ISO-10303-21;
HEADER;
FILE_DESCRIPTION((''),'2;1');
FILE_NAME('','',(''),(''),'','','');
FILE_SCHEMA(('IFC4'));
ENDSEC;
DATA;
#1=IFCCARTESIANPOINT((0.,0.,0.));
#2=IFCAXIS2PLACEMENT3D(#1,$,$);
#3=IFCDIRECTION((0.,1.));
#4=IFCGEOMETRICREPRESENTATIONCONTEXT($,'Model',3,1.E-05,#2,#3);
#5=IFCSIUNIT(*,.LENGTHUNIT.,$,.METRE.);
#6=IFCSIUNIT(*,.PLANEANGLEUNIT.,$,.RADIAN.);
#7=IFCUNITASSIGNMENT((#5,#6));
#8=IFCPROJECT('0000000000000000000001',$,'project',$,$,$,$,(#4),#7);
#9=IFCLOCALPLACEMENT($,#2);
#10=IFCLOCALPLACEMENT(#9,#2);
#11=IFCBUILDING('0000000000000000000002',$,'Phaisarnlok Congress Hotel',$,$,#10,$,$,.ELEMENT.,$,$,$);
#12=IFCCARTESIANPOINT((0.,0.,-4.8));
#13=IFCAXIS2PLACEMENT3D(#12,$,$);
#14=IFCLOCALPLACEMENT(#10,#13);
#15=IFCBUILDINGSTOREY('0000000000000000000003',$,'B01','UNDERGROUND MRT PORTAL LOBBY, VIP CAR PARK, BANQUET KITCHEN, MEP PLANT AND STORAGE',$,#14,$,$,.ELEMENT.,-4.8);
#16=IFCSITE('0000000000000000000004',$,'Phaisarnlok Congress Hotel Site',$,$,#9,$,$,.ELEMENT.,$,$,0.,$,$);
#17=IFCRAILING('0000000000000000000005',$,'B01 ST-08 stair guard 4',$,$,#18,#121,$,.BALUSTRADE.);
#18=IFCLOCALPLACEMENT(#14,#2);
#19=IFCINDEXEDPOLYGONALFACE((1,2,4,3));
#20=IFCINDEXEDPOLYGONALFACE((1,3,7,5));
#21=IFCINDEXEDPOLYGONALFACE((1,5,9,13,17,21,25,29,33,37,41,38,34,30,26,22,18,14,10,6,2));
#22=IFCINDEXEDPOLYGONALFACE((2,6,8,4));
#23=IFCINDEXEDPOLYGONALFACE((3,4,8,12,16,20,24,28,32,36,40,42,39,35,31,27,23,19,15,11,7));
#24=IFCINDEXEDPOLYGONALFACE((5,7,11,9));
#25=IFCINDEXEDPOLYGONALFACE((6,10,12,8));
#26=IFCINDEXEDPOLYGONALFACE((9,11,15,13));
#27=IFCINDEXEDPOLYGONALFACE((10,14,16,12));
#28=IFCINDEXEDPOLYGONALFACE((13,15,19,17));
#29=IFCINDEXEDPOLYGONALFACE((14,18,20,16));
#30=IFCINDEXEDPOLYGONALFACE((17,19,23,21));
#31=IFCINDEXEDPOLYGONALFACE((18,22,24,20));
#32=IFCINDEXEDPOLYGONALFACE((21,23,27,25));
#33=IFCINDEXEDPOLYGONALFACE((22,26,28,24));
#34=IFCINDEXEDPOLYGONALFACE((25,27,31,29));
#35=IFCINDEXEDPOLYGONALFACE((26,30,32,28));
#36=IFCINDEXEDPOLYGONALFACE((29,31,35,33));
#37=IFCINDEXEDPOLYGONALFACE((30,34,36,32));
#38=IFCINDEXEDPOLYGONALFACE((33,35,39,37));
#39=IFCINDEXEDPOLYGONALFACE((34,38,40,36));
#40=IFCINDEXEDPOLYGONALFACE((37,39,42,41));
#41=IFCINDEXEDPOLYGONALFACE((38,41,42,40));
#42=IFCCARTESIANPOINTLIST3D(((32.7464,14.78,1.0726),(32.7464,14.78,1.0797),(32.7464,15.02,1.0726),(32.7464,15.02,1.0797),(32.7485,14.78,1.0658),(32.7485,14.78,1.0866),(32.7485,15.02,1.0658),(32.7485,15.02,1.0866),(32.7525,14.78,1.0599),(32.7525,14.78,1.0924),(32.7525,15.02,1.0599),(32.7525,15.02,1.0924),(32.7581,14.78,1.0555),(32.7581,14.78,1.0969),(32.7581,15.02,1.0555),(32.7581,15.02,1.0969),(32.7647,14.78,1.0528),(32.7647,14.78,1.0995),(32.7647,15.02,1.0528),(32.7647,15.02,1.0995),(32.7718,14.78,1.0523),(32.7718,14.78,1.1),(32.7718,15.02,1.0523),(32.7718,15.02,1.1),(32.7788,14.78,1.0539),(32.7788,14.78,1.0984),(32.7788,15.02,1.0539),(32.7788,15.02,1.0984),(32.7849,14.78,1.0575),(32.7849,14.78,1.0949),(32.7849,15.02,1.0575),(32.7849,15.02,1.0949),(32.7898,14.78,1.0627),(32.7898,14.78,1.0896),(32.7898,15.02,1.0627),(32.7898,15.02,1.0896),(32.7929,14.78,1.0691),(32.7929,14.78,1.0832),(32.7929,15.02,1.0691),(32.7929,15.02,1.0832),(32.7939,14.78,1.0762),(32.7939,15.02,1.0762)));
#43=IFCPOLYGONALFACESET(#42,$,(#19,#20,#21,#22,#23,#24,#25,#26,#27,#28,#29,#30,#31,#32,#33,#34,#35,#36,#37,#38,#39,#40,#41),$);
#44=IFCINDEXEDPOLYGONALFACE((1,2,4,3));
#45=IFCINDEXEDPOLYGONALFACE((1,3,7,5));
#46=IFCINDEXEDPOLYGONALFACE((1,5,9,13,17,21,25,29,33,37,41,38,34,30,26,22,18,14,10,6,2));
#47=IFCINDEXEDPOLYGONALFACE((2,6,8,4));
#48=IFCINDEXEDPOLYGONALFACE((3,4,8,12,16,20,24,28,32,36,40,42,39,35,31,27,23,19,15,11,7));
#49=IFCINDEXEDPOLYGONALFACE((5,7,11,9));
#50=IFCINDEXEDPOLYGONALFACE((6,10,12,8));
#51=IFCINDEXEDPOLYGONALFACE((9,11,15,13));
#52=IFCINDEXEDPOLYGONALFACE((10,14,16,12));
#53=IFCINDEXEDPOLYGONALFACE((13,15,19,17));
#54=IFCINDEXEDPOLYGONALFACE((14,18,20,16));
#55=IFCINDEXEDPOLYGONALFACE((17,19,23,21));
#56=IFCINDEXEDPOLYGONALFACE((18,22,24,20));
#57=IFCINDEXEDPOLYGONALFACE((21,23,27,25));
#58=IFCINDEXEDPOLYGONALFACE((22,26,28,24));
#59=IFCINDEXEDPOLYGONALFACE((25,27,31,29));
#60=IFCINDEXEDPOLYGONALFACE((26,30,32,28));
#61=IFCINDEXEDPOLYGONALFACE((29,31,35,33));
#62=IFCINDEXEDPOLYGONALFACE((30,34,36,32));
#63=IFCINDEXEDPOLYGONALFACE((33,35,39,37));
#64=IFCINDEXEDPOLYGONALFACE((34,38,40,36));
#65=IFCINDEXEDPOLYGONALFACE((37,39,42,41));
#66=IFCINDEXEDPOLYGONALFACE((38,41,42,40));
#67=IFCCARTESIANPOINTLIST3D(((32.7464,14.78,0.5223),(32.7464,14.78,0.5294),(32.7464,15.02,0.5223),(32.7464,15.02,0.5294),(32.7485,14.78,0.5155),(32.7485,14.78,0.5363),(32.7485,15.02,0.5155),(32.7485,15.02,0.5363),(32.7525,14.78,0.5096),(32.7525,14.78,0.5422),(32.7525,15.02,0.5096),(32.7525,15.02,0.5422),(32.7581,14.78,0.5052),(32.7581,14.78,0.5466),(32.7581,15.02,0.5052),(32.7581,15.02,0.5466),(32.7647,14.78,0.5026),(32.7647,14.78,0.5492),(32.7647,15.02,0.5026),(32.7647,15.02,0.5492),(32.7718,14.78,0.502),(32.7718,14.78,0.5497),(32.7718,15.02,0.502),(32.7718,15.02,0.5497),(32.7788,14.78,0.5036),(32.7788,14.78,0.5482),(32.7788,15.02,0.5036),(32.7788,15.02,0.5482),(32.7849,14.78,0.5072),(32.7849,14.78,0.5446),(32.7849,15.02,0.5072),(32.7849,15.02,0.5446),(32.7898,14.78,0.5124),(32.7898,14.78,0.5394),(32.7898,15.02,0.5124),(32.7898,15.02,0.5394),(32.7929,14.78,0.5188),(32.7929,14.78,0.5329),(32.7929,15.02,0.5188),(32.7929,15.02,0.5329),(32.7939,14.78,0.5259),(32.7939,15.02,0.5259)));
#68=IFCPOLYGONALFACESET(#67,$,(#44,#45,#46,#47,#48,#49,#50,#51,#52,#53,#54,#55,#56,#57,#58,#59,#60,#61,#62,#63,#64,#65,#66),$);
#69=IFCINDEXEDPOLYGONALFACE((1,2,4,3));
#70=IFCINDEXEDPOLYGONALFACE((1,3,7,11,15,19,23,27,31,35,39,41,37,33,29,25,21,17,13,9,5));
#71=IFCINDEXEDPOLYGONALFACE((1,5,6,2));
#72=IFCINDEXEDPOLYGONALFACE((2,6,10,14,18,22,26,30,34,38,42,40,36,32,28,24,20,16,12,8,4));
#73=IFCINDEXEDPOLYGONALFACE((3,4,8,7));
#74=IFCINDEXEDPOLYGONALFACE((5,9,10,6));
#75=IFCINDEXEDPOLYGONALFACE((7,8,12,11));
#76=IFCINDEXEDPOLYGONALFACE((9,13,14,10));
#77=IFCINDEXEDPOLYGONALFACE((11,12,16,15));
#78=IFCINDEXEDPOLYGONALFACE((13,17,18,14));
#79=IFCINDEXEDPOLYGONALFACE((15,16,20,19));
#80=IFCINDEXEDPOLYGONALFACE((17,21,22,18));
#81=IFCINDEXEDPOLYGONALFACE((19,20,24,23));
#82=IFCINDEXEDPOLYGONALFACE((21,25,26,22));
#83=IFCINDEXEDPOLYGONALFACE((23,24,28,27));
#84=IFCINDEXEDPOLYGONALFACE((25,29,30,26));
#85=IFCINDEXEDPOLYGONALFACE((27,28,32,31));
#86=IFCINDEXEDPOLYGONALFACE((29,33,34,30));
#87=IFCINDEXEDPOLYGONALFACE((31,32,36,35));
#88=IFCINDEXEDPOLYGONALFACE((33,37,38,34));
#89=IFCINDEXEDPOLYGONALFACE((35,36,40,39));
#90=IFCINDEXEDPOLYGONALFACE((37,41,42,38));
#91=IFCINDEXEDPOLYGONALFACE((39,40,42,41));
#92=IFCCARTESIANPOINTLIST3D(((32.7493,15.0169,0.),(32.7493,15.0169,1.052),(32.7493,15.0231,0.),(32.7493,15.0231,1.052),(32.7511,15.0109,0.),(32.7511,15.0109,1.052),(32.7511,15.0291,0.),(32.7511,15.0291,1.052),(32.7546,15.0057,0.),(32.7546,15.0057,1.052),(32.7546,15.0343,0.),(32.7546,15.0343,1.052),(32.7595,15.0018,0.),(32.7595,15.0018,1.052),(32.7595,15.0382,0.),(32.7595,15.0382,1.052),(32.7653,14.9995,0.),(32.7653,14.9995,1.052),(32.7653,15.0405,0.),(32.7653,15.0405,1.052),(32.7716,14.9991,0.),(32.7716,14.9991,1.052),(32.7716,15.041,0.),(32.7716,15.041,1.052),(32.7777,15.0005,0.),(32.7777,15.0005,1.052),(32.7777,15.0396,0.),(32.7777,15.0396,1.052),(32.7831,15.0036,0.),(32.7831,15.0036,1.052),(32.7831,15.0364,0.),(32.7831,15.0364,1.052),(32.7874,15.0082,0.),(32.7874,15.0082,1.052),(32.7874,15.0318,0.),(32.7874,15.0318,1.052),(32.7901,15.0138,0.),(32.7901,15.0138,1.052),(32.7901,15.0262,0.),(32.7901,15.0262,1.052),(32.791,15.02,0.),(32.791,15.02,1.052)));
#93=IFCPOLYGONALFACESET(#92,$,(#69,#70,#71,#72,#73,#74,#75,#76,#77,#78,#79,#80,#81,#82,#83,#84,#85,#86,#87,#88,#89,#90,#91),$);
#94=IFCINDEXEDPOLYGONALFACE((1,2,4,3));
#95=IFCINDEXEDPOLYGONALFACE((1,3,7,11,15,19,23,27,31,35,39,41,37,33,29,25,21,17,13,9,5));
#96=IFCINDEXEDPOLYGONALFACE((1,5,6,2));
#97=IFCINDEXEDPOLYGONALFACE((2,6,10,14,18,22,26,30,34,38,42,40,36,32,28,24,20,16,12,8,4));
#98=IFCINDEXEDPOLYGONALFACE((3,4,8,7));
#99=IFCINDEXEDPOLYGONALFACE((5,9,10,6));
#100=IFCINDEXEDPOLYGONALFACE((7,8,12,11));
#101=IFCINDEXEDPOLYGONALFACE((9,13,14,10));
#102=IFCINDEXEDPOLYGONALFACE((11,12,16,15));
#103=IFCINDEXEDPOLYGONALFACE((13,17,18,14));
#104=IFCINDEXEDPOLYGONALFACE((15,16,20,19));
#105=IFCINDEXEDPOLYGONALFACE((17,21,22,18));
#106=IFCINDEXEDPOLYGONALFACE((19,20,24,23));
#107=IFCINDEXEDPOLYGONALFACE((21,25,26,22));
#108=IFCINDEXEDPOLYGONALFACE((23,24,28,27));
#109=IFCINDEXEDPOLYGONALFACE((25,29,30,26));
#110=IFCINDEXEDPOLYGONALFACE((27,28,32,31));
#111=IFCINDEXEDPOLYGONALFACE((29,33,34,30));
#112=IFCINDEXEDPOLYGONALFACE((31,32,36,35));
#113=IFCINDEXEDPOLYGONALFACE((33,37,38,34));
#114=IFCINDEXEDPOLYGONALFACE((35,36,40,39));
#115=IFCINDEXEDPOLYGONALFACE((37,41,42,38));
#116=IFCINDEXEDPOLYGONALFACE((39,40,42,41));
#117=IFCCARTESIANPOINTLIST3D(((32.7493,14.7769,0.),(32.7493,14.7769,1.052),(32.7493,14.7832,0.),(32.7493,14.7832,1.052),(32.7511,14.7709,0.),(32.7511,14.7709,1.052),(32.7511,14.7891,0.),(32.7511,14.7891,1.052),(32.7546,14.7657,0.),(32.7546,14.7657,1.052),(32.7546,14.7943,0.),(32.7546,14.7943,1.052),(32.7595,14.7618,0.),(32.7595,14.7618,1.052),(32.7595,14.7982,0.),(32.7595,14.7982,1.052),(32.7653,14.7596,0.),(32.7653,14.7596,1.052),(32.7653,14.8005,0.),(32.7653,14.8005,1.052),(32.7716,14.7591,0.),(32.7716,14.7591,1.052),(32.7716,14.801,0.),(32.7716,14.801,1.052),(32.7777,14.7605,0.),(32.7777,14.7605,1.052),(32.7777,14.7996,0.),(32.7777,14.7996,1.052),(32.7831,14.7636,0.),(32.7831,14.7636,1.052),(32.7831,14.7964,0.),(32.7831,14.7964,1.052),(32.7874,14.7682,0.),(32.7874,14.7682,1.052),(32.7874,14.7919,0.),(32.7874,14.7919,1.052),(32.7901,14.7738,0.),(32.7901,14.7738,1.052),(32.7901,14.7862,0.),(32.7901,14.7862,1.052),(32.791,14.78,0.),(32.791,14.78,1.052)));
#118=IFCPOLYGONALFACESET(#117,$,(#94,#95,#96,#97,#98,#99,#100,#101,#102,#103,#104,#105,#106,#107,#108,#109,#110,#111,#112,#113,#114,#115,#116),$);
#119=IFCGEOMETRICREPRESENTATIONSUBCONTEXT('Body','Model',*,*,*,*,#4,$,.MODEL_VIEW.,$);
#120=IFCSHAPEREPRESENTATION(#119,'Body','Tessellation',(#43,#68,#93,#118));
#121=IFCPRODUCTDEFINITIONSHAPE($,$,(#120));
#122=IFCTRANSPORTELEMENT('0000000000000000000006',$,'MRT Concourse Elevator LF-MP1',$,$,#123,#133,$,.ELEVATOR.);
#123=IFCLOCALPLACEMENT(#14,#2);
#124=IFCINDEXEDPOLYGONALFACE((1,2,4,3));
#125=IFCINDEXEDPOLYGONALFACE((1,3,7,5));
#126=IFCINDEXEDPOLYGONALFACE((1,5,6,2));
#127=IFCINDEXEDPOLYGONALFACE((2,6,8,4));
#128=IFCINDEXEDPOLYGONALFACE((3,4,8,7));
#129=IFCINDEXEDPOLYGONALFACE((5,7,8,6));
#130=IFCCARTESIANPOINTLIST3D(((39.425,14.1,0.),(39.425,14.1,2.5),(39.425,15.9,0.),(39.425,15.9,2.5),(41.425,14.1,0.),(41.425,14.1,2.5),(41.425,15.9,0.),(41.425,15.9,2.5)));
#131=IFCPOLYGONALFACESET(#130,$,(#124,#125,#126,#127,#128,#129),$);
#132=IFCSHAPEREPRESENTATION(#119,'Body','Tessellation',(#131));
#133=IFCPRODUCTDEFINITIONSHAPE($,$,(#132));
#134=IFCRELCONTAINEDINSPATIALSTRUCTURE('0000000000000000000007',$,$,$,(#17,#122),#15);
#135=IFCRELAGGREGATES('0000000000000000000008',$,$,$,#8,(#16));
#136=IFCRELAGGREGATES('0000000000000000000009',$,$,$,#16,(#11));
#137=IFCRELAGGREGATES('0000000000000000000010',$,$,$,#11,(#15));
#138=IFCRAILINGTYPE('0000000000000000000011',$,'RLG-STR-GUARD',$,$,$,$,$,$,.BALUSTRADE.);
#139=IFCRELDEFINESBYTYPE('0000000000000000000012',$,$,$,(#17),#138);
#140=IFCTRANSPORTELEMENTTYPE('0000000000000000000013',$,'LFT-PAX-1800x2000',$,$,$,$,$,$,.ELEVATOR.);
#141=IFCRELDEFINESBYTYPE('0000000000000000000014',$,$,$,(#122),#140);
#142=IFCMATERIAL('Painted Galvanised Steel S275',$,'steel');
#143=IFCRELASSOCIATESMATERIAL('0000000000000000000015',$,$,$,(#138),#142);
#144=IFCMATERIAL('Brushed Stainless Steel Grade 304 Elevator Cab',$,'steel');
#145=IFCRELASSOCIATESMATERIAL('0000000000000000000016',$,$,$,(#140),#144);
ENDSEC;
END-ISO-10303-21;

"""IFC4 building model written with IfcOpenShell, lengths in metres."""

from ifc_helpers import new_model, si_unit, direction, frame, origin, origin_2d, place, context, subcontext, project, spatial, rectangle, circle, extrude, material, type_object, element, save


model = new_model("IFC4")

# Units and contexts
model_context = context("Model", 3, precision=1e-05, world=origin(), true_north=direction((0.0, 1.0)))
body_context = subcontext(model_context, "Body", "Model", "MODEL_VIEW")
ifc_project = project(units=[si_unit("LENGTHUNIT", "METRE"), si_unit("PLANEANGLEUNIT", "RADIAN")], contexts=[model_context])

# Site, building, storey
site_placement = place(None, origin())
site = spatial("IfcSite", under=ifc_project, at=site_placement, Name="Phaisarnlok Congress Hotel Site", CompositionType="ELEMENT", RefElevation=0.0)
building_placement = place(site_placement, origin())
building = spatial("IfcBuilding", under=site, at=building_placement, Name="Phaisarnlok Congress Hotel", CompositionType="ELEMENT")
storey_placement = place(building_placement, frame((0.0, 0.0, -4.8)))
storey = spatial("IfcBuildingStorey", under=building, at=storey_placement, Name="B01", Description="UNDERGROUND MRT PORTAL LOBBY, VIP CAR PARK, BANQUET KITCHEN, MEP PLANT AND STORAGE", CompositionType="ELEMENT", Elevation=-4.8)

# Railing
ifc_material_1 = material(Name="Painted Galvanised Steel S275", Category="steel")
railing_type_1 = type_object("IfcRailingType", Name="RLG-STR-GUARD", PredefinedType="BALUSTRADE", material=ifc_material_1)
railing_1_placement = place(storey_placement, frame((32.77, 15.02, 0.0)))
element("IfcRailing", 1, at=railing_1_placement, inside=storey, type_object=railing_type_1, Name="B01 ST-08 stair guard 4", PredefinedType="BALUSTRADE", context=body_context, shape_type="SweptSolid", body=[
    extrude(circle(Radius=0.0239, at=origin_2d()), frame((0.0, 0.0, 1.0762), z_axis=(0.0, -1.0, 0.0), x_axis=(1.0, 0.0, 0.0)), (0.0, 0.0, 1.0), 0.24),
    extrude(circle(Radius=0.0239, at=origin_2d()), frame((0.0, 0.0, 0.5259), z_axis=(0.0, -1.0, 0.0), x_axis=(1.0, 0.0, 0.0)), (0.0, 0.0, 1.0), 0.24),
    extrude(circle(Radius=0.021, at=origin_2d()), origin(), (0.0, 0.0, 1.0), 1.052),
    extrude(circle(Radius=0.021, at=origin_2d()), frame((0.0, -0.24, 0.0)), (0.0, 0.0, 1.0), 1.052),
])

# Transport element
ifc_material_2 = material(Name="Brushed Stainless Steel Grade 304 Elevator Cab", Category="steel")
transport_element_type = type_object("IfcTransportElementType", Name="LFT-PAX-1800x2000", PredefinedType="ELEVATOR", material=ifc_material_2)
transport_element_placement = place(storey_placement, frame((40.425, 15.0, 0.0), z_axis=(0.0, 0.0, 1.0), x_axis=(1.0, 0.0, 0.0)))
element("IfcTransportElement", 2, at=transport_element_placement, inside=storey, type_object=transport_element_type, Name="MRT Concourse Elevator LF-MP1", PredefinedType="ELEVATOR", context=body_context, shape_type="SweptSolid", body=[
    extrude(rectangle(XDim=2.0, YDim=1.8, at=origin_2d()), origin(), (0.0, 0.0, 1.0), 2.5),
])

save(model, "model.ifc")
